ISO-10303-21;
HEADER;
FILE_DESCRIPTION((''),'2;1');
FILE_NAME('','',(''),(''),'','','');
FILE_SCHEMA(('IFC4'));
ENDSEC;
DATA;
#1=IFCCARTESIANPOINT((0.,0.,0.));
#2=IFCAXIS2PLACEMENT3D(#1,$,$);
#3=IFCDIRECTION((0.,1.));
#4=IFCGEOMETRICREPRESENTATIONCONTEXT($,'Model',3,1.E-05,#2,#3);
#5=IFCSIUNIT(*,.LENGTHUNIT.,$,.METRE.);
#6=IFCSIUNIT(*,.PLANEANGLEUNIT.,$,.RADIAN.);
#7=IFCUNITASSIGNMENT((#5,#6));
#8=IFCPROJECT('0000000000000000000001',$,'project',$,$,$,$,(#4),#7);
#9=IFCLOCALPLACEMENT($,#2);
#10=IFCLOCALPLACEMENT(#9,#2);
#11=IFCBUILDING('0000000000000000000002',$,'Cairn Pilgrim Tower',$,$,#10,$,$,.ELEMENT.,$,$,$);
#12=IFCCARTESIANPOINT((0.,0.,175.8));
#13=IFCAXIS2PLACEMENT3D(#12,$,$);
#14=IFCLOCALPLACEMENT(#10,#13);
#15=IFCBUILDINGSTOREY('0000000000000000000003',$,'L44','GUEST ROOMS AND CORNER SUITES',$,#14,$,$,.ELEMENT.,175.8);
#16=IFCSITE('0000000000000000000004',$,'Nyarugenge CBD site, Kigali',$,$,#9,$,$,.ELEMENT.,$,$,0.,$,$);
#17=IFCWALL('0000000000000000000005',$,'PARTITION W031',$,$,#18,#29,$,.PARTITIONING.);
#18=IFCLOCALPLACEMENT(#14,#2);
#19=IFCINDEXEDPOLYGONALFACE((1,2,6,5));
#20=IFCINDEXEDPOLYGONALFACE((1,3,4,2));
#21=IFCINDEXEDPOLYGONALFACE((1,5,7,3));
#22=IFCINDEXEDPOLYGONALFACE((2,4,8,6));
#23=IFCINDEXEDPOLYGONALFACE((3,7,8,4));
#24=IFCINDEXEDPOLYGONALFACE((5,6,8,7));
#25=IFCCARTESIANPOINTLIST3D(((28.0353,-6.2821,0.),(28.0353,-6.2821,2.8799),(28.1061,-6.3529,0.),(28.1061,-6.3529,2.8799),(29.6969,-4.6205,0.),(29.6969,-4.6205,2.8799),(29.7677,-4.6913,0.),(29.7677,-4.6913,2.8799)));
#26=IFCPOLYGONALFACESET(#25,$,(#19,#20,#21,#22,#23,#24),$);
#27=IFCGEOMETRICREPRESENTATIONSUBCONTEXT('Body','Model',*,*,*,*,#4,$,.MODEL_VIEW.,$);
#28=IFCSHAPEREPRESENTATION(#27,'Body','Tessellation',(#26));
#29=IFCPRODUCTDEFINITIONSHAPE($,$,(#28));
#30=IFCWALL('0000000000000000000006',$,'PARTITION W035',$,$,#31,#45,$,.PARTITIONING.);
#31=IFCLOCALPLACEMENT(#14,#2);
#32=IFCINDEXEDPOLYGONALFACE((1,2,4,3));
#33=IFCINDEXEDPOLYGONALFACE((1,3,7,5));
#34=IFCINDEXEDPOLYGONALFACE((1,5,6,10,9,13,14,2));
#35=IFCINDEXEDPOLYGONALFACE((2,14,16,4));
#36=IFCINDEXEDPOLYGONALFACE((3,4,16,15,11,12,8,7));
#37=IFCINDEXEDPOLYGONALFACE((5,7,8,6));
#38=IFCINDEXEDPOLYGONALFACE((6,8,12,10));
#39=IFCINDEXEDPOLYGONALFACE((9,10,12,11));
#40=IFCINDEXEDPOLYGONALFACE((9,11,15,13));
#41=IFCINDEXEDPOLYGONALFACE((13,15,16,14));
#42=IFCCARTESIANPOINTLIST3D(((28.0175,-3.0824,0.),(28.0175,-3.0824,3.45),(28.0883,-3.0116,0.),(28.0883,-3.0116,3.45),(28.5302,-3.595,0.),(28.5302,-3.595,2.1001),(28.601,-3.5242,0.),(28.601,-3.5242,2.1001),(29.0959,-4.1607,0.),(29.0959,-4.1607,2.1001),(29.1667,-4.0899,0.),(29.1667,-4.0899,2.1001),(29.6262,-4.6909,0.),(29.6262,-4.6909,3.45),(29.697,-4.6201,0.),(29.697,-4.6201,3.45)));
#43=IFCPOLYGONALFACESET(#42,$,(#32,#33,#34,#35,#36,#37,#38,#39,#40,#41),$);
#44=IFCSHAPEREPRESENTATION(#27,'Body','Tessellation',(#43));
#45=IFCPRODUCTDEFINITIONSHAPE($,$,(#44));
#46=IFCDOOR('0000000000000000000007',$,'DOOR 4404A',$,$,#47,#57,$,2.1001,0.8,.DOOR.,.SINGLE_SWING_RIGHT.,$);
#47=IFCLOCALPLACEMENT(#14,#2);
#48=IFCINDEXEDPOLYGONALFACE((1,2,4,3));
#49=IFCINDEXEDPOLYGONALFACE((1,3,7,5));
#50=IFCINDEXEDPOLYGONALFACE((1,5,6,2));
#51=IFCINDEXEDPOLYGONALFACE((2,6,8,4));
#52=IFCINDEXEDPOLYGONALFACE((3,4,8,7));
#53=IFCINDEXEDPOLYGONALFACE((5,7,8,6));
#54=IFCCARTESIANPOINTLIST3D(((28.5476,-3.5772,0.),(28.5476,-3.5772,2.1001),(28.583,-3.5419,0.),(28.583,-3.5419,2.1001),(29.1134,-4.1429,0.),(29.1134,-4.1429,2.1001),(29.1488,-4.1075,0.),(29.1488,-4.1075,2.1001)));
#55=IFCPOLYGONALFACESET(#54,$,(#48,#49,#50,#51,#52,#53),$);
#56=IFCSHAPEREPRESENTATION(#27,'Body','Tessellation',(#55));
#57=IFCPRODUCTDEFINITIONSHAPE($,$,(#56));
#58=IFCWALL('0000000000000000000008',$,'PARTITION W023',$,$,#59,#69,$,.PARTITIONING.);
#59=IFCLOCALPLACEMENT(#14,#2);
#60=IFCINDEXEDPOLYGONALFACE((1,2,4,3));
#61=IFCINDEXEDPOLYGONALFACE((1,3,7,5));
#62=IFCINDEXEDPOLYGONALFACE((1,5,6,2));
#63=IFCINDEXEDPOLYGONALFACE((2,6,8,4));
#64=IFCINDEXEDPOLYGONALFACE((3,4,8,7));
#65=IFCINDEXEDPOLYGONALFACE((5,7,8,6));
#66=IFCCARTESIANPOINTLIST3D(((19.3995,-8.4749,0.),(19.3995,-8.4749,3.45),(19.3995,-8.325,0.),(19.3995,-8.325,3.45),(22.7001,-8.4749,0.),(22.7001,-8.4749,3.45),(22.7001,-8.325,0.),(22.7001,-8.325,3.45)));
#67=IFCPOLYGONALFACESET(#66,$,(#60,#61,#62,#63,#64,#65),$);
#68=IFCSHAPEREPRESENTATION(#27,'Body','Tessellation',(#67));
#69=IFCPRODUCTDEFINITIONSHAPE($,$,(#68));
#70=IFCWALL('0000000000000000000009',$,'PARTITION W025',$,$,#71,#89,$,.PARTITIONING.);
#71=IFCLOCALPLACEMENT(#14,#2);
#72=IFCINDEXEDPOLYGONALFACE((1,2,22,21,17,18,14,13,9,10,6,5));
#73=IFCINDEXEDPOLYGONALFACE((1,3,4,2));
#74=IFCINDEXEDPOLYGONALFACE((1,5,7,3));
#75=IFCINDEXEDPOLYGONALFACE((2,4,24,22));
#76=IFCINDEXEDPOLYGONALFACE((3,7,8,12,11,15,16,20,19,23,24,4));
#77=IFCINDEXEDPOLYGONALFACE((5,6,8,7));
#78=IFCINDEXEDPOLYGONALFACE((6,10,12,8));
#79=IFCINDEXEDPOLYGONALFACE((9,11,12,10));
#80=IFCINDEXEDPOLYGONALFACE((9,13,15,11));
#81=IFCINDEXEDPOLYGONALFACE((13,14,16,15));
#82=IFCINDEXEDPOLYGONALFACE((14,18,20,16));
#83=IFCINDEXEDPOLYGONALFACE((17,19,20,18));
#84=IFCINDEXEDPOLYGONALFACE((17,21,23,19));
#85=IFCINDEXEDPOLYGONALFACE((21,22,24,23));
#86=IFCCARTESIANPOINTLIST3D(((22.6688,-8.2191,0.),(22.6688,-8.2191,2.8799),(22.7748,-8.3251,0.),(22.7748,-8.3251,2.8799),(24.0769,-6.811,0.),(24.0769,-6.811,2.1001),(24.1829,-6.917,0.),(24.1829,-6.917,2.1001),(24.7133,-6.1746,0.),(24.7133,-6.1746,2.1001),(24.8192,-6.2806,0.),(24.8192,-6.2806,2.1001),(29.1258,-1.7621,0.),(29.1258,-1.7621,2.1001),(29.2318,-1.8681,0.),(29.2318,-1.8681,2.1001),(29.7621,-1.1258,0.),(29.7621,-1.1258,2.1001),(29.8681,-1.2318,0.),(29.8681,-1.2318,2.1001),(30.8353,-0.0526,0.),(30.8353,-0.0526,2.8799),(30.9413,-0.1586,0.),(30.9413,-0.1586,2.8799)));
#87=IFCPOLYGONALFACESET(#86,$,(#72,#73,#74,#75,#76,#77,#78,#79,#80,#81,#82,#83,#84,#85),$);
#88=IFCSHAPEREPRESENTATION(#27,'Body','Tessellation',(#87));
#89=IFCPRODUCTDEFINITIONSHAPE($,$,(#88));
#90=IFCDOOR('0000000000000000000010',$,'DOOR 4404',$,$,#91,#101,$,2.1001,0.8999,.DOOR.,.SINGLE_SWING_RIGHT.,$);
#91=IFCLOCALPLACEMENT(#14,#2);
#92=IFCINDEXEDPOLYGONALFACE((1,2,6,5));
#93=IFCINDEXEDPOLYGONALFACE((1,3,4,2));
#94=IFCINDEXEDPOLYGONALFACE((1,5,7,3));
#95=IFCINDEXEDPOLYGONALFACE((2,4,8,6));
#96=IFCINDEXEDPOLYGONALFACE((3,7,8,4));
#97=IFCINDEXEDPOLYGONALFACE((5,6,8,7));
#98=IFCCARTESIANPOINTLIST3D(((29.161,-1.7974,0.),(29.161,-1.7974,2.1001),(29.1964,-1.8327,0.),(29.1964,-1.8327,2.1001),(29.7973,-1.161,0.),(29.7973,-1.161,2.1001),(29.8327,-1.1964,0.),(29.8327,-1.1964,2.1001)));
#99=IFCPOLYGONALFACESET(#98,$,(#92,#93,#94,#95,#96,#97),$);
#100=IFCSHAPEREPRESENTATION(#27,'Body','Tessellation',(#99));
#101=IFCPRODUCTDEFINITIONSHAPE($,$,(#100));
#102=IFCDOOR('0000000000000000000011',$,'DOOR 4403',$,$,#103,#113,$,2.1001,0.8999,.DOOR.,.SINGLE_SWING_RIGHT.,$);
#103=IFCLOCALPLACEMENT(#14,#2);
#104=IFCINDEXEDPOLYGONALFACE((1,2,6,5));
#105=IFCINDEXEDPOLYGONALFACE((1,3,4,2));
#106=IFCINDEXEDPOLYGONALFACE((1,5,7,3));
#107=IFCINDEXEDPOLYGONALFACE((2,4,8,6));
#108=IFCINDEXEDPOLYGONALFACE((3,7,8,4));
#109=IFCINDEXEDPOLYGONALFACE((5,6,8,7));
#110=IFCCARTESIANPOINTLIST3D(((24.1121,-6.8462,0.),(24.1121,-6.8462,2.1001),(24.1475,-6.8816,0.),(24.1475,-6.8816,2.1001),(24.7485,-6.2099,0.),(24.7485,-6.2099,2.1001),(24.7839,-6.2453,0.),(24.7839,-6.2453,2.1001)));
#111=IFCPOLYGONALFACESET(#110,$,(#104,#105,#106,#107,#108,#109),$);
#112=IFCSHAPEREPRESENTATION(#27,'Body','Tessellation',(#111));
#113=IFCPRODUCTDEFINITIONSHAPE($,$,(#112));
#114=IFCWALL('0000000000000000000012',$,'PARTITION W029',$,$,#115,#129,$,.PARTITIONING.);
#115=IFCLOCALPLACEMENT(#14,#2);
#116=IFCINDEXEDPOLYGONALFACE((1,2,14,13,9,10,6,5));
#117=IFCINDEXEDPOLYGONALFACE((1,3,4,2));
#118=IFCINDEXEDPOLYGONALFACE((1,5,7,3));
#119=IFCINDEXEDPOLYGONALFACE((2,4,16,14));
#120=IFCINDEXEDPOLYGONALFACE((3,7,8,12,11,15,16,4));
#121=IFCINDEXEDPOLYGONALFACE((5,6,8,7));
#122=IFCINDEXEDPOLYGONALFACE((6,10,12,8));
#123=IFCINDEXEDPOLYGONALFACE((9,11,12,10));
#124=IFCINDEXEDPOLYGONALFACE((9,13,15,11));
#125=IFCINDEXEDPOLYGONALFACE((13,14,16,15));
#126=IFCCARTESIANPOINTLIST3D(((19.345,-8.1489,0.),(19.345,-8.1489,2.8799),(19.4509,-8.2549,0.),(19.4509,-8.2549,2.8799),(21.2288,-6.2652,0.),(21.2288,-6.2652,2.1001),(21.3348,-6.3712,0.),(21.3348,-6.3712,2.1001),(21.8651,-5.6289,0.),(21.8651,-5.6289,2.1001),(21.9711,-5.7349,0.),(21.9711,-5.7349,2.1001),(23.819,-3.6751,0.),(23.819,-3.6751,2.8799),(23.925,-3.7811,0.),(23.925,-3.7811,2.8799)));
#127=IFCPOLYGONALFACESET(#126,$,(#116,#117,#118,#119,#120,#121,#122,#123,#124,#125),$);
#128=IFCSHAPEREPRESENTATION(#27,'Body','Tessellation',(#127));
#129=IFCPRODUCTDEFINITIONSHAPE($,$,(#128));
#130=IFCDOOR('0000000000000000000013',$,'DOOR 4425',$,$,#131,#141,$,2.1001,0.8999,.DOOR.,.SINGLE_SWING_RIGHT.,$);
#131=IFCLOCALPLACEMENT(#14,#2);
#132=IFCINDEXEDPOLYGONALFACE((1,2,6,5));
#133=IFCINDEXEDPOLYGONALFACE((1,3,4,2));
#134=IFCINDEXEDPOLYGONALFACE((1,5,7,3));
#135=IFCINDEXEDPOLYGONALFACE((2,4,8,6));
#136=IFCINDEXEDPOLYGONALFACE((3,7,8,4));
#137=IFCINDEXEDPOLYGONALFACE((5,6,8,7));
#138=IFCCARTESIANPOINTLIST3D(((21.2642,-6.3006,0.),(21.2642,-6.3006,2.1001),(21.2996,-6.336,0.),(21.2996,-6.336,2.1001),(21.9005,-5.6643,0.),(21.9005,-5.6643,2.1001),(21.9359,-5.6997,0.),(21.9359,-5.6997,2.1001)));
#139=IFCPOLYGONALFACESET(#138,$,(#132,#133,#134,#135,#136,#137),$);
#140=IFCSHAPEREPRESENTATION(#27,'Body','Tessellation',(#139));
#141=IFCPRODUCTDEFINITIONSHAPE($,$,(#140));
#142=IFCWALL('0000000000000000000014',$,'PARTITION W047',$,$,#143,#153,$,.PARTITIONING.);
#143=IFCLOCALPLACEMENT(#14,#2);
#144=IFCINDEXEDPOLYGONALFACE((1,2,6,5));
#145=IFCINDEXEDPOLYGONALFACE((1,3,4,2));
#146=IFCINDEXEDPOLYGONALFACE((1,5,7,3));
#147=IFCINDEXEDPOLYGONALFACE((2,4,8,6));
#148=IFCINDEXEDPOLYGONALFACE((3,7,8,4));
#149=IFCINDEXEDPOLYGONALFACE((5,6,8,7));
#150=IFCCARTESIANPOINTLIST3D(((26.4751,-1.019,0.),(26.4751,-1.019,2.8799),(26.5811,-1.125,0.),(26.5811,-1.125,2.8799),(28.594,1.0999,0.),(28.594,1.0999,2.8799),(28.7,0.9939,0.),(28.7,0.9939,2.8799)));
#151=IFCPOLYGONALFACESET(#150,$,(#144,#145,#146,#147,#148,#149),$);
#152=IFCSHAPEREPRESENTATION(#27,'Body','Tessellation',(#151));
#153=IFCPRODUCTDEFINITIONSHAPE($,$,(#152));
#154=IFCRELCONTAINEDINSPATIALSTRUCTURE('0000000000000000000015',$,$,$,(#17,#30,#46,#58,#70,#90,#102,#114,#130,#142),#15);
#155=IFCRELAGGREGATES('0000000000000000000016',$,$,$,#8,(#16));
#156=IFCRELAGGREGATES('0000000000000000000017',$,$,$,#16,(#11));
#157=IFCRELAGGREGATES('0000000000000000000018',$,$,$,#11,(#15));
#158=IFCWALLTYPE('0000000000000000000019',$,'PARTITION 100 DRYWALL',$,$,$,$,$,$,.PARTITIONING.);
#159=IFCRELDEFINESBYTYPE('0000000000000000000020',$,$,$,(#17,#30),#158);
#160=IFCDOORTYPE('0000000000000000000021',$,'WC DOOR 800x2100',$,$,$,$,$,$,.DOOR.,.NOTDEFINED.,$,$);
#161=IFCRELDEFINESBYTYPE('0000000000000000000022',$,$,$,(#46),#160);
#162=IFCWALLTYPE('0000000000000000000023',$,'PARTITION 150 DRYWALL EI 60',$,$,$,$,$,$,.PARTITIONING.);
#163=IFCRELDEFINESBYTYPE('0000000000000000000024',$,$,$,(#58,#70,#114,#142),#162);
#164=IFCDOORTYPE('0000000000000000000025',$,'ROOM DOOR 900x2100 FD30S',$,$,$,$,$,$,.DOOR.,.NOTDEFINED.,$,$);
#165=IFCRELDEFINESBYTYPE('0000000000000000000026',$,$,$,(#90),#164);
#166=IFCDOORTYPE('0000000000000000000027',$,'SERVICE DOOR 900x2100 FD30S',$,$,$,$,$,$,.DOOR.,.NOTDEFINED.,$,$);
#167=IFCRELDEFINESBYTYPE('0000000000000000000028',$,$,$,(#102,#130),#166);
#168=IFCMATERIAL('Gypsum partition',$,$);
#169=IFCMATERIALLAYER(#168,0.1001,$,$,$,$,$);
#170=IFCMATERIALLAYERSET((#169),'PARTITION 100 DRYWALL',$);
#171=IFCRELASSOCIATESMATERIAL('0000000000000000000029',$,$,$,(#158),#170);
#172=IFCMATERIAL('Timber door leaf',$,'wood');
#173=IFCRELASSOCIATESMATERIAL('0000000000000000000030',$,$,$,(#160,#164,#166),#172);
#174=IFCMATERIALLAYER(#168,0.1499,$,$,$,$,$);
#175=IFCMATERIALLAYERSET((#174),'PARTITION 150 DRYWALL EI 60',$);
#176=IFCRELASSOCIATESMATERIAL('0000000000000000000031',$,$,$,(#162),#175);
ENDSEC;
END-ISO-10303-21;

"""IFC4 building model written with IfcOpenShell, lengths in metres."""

from ifc_helpers import new_model, si_unit, direction, frame, frame_2d, origin, place, context, subcontext, project, spatial, rectangle, extrude, material, layer, layer_set, type_object, element, fill, save


model = new_model("IFC4")

# Units and contexts
model_context = context("Model", 3, precision=1e-05, world=origin(), true_north=direction((0.0, 1.0)))
body_context = subcontext(model_context, "Body", "Model", "MODEL_VIEW")
ifc_project = project(units=[si_unit("LENGTHUNIT", "METRE"), si_unit("PLANEANGLEUNIT", "RADIAN")], contexts=[model_context])

# Site, building, storey
site_placement = place(None, origin())
site = spatial("IfcSite", under=ifc_project, at=site_placement, Name="Nyarugenge CBD site, Kigali", CompositionType="ELEMENT", RefElevation=0.0)
building_placement = place(site_placement, origin())
building = spatial("IfcBuilding", under=site, at=building_placement, Name="Cairn Pilgrim Tower", CompositionType="ELEMENT")
storey_placement = place(building_placement, frame((0.0, 0.0, 175.8)))
storey = spatial("IfcBuildingStorey", under=building, at=storey_placement, Name="L44", Description="GUEST ROOMS AND CORNER SUITES", CompositionType="ELEMENT", Elevation=175.8)

# Wall
ifc_material_1 = material(Name="Gypsum partition")
ifc_layer_1 = layer(ifc_material_1, 0.1001)
ifc_layer_set_1 = layer_set([ifc_layer_1], Name="PARTITION 100 DRYWALL")
wall_type_1 = type_object("IfcWallType", Name="PARTITION 100 DRYWALL", PredefinedType="PARTITIONING", material=ifc_layer_set_1)
wall_1_placement = place(storey_placement, frame((28.0708, -6.3174, 0.0), z_axis=(0.0, 0.0, 1.0), x_axis=(0.707107, 0.707107, 0.0)))
element("IfcWall", 1, at=wall_1_placement, inside=storey, type_object=wall_type_1, Name="PARTITION W031", PredefinedType="PARTITIONING", context=body_context, shape_type="SweptSolid", body=[
    extrude(rectangle(XDim=2.3499, YDim=0.1001, at=frame_2d((1.1748, 0.0))), origin(), (0.0, 0.0, 1.0), 2.8799),
])

# Wall, opening, door
wall_2_placement = place(storey_placement, frame((29.6616, -4.6555, 0.0), z_axis=(0.0, 0.0, 1.0), x_axis=(-0.70716, 0.707053, 0.0)))
wall_2 = element("IfcWall", 2, at=wall_2_placement, inside=storey, type_object=wall_type_1, Name="PARTITION W035", PredefinedType="PARTITIONING", context=body_context, shape_type="SweptSolid", body=[
    extrude(rectangle(XDim=2.2749, YDim=0.1001, at=frame_2d((1.1375, 0.0))), origin(), (0.0, 0.0, 1.0), 3.45),
])
opening_1_placement = place(wall_2_placement, frame((0.75, 0.0, 0.0)))
opening_1 = element("IfcOpeningElement", 3, at=opening_1_placement, cuts=wall_2, PredefinedType="OPENING", context=body_context, shape_type="SweptSolid", body=[
    extrude(rectangle(XDim=0.8, YDim=2.1001, at=frame_2d((0.3999, 1.05))), frame((0.0, 0.0601, 0.0), z_axis=(0.0, -1.0, 0.0), x_axis=(1.0, 0.0, 0.0)), (0.0, 0.0, 1.0), 0.1201),
])
ifc_material_2 = material(Name="Timber door leaf", Category="wood")
door_type_1 = type_object("IfcDoorType", Name="WC DOOR 800x2100", OperationType="NOTDEFINED", PredefinedType="DOOR", material=ifc_material_2)
door_1_placement = place(opening_1_placement, frame((0.8, 0.0, 0.0), z_axis=(0.0, 0.0, 1.0), x_axis=(-1.0, 0.0, 0.0)))
door_1 = element("IfcDoor", 4, at=door_1_placement, inside=storey, type_object=door_type_1, Name="DOOR 4404A", OperationType="SINGLE_SWING_RIGHT", OverallHeight=2.1001, OverallWidth=0.8, PredefinedType="DOOR", context=body_context, shape_type="SweptSolid", body=[
    extrude(rectangle(XDim=0.8, YDim=2.1001, at=frame_2d((0.3999, 1.05))), frame((0.0, 0.0249, 0.0), z_axis=(0.0, -1.0, 0.0), x_axis=(1.0, 0.0, 0.0)), (0.0, 0.0, 1.0), 0.05),
])
fill(opening_1, door_1)

# Wall
ifc_layer_2 = layer(ifc_material_1, 0.1499)
ifc_layer_set_2 = layer_set([ifc_layer_2], Name="PARTITION 150 DRYWALL EI 60")
wall_type_2 = type_object("IfcWallType", Name="PARTITION 150 DRYWALL EI 60", PredefinedType="PARTITIONING", material=ifc_layer_set_2)
wall_3_placement = place(storey_placement, frame((19.3994, -8.3999, 0.0), z_axis=(0.0, 0.0, 1.0), x_axis=(1.0, 0.0, 0.0)))
element("IfcWall", 5, at=wall_3_placement, inside=storey, type_object=wall_type_2, Name="PARTITION W023", PredefinedType="PARTITIONING", context=body_context, shape_type="SweptSolid", body=[
    extrude(rectangle(XDim=3.3005, YDim=0.1499, at=frame_2d((1.6504, 0.0))), origin(), (0.0, 0.0, 1.0), 3.45),
])

# Wall, openings, doors
wall_4_placement = place(storey_placement, frame((22.7219, -8.272, 0.0), z_axis=(0.0, 0.0, 1.0), x_axis=(0.707107, 0.707107, 0.0)))
wall_4 = element("IfcWall", 6, at=wall_4_placement, inside=storey, type_object=wall_type_2, Name="PARTITION W025", PredefinedType="PARTITIONING", context=body_context, shape_type="SweptSolid", body=[
    extrude(rectangle(XDim=11.5491, YDim=0.1499, at=frame_2d((5.7744, 0.0))), origin(), (0.0, 0.0, 1.0), 2.8799),
])
opening_2_placement = place(wall_4_placement, frame((1.9912, 0.0, 0.0)))
opening_2 = element("IfcOpeningElement", 7, at=opening_2_placement, cuts=wall_4, PredefinedType="OPENING", context=body_context, shape_type="SweptSolid", body=[
    extrude(rectangle(XDim=0.8999, YDim=2.1001, at=frame_2d((0.45, 1.05))), frame((0.0, 0.085, 0.0), z_axis=(0.0, -1.0, 0.0), x_axis=(1.0, 0.0, 0.0)), (0.0, 0.0, 1.0), 0.1699),
])
opening_3_placement = place(wall_4_placement, frame((9.1313, 0.0, 0.0)))
opening_3 = element("IfcOpeningElement", 8, at=opening_3_placement, cuts=wall_4, PredefinedType="OPENING", context=body_context, shape_type="SweptSolid", body=[
    extrude(rectangle(XDim=0.8999, YDim=2.1001, at=frame_2d((0.45, 1.05))), frame((0.0, 0.085, 0.0), z_axis=(0.0, -1.0, 0.0), x_axis=(1.0, 0.0, 0.0)), (0.0, 0.0, 1.0), 0.1699),
])
door_type_2 = type_object("IfcDoorType", Name="ROOM DOOR 900x2100 FD30S", OperationType="NOTDEFINED", PredefinedType="DOOR", material=ifc_material_2)
door_2_placement = place(opening_3_placement, frame((0.8999, 0.0, 0.0), z_axis=(0.0, 0.0, 1.0), x_axis=(-1.0, 0.0, 0.0)))
door_2 = element("IfcDoor", 9, at=door_2_placement, inside=storey, type_object=door_type_2, Name="DOOR 4404", OperationType="SINGLE_SWING_RIGHT", OverallHeight=2.1001, OverallWidth=0.8999, PredefinedType="DOOR", context=body_context, shape_type="SweptSolid", body=[
    extrude(rectangle(XDim=0.8999, YDim=2.1001, at=frame_2d((0.45, 1.05))), frame((0.0, 0.0249, 0.0), z_axis=(0.0, -1.0, 0.0), x_axis=(1.0, 0.0, 0.0)), (0.0, 0.0, 1.0), 0.05),
])
fill(opening_3, door_2)
door_type_3 = type_object("IfcDoorType", Name="SERVICE DOOR 900x2100 FD30S", OperationType="NOTDEFINED", PredefinedType="DOOR", material=ifc_material_2)
door_3_placement = place(opening_2_placement, frame((0.8999, 0.0, 0.0), z_axis=(0.0, 0.0, 1.0), x_axis=(-1.0, 0.0, 0.0)))
door_3 = element("IfcDoor", 10, at=door_3_placement, inside=storey, type_object=door_type_3, Name="DOOR 4403", OperationType="SINGLE_SWING_RIGHT", OverallHeight=2.1001, OverallWidth=0.8999, PredefinedType="DOOR", context=body_context, shape_type="SweptSolid", body=[
    extrude(rectangle(XDim=0.8999, YDim=2.1001, at=frame_2d((0.45, 1.05))), frame((0.0, 0.0249, 0.0), z_axis=(0.0, -1.0, 0.0), x_axis=(1.0, 0.0, 0.0)), (0.0, 0.0, 1.0), 0.05),
])
fill(opening_2, door_3)

# Wall, opening, door
wall_5_placement = place(storey_placement, frame((19.3979, -8.2019, 0.0), z_axis=(0.0, 0.0, 1.0), x_axis=(0.707126, 0.707087, 0.0)))
wall_5 = element("IfcWall", 11, at=wall_5_placement, inside=storey, type_object=wall_type_2, Name="PARTITION W029", PredefinedType="PARTITIONING", context=body_context, shape_type="SweptSolid", body=[
    extrude(rectangle(XDim=6.3271, YDim=0.1499, at=frame_2d((3.1636, 0.0))), origin(), (0.0, 0.0, 1.0), 2.8799),
])
opening_4_placement = place(wall_5_placement, frame((2.6641, 0.0, 0.0)))
opening_4 = element("IfcOpeningElement", 12, at=opening_4_placement, cuts=wall_5, PredefinedType="OPENING", context=body_context, shape_type="SweptSolid", body=[
    extrude(rectangle(XDim=0.8999, YDim=2.1001, at=frame_2d((0.45, 1.05))), frame((0.0, 0.085, 0.0), z_axis=(0.0, -1.0, 0.0), x_axis=(1.0, 0.0, 0.0)), (0.0, 0.0, 1.0), 0.1699),
])
door_4_placement = place(opening_4_placement, origin())
door_4 = element("IfcDoor", 13, at=door_4_placement, inside=storey, type_object=door_type_3, Name="DOOR 4425", OperationType="SINGLE_SWING_RIGHT", OverallHeight=2.1001, OverallWidth=0.8999, PredefinedType="DOOR", context=body_context, shape_type="SweptSolid", body=[
    extrude(rectangle(XDim=0.8999, YDim=2.1001, at=frame_2d((0.45, 1.05))), frame((0.0, 0.0249, 0.0), z_axis=(0.0, -1.0, 0.0), x_axis=(1.0, 0.0, 0.0)), (0.0, 0.0, 1.0), 0.05),
])
fill(opening_4, door_4)

# Wall
wall_6_placement = place(storey_placement, frame((26.5281, -1.072, 0.0), z_axis=(0.0, 0.0, 1.0), x_axis=(0.707107, 0.707107, 0.0)))
element("IfcWall", 14, at=wall_6_placement, inside=storey, type_object=wall_type_2, Name="PARTITION W047", PredefinedType="PARTITIONING", context=body_context, shape_type="SweptSolid", body=[
    extrude(rectangle(XDim=2.9966, YDim=0.1499, at=frame_2d((1.4983, 0.0))), origin(), (0.0, 0.0, 1.0), 2.8799),
])

save(model, "model.ifc")
